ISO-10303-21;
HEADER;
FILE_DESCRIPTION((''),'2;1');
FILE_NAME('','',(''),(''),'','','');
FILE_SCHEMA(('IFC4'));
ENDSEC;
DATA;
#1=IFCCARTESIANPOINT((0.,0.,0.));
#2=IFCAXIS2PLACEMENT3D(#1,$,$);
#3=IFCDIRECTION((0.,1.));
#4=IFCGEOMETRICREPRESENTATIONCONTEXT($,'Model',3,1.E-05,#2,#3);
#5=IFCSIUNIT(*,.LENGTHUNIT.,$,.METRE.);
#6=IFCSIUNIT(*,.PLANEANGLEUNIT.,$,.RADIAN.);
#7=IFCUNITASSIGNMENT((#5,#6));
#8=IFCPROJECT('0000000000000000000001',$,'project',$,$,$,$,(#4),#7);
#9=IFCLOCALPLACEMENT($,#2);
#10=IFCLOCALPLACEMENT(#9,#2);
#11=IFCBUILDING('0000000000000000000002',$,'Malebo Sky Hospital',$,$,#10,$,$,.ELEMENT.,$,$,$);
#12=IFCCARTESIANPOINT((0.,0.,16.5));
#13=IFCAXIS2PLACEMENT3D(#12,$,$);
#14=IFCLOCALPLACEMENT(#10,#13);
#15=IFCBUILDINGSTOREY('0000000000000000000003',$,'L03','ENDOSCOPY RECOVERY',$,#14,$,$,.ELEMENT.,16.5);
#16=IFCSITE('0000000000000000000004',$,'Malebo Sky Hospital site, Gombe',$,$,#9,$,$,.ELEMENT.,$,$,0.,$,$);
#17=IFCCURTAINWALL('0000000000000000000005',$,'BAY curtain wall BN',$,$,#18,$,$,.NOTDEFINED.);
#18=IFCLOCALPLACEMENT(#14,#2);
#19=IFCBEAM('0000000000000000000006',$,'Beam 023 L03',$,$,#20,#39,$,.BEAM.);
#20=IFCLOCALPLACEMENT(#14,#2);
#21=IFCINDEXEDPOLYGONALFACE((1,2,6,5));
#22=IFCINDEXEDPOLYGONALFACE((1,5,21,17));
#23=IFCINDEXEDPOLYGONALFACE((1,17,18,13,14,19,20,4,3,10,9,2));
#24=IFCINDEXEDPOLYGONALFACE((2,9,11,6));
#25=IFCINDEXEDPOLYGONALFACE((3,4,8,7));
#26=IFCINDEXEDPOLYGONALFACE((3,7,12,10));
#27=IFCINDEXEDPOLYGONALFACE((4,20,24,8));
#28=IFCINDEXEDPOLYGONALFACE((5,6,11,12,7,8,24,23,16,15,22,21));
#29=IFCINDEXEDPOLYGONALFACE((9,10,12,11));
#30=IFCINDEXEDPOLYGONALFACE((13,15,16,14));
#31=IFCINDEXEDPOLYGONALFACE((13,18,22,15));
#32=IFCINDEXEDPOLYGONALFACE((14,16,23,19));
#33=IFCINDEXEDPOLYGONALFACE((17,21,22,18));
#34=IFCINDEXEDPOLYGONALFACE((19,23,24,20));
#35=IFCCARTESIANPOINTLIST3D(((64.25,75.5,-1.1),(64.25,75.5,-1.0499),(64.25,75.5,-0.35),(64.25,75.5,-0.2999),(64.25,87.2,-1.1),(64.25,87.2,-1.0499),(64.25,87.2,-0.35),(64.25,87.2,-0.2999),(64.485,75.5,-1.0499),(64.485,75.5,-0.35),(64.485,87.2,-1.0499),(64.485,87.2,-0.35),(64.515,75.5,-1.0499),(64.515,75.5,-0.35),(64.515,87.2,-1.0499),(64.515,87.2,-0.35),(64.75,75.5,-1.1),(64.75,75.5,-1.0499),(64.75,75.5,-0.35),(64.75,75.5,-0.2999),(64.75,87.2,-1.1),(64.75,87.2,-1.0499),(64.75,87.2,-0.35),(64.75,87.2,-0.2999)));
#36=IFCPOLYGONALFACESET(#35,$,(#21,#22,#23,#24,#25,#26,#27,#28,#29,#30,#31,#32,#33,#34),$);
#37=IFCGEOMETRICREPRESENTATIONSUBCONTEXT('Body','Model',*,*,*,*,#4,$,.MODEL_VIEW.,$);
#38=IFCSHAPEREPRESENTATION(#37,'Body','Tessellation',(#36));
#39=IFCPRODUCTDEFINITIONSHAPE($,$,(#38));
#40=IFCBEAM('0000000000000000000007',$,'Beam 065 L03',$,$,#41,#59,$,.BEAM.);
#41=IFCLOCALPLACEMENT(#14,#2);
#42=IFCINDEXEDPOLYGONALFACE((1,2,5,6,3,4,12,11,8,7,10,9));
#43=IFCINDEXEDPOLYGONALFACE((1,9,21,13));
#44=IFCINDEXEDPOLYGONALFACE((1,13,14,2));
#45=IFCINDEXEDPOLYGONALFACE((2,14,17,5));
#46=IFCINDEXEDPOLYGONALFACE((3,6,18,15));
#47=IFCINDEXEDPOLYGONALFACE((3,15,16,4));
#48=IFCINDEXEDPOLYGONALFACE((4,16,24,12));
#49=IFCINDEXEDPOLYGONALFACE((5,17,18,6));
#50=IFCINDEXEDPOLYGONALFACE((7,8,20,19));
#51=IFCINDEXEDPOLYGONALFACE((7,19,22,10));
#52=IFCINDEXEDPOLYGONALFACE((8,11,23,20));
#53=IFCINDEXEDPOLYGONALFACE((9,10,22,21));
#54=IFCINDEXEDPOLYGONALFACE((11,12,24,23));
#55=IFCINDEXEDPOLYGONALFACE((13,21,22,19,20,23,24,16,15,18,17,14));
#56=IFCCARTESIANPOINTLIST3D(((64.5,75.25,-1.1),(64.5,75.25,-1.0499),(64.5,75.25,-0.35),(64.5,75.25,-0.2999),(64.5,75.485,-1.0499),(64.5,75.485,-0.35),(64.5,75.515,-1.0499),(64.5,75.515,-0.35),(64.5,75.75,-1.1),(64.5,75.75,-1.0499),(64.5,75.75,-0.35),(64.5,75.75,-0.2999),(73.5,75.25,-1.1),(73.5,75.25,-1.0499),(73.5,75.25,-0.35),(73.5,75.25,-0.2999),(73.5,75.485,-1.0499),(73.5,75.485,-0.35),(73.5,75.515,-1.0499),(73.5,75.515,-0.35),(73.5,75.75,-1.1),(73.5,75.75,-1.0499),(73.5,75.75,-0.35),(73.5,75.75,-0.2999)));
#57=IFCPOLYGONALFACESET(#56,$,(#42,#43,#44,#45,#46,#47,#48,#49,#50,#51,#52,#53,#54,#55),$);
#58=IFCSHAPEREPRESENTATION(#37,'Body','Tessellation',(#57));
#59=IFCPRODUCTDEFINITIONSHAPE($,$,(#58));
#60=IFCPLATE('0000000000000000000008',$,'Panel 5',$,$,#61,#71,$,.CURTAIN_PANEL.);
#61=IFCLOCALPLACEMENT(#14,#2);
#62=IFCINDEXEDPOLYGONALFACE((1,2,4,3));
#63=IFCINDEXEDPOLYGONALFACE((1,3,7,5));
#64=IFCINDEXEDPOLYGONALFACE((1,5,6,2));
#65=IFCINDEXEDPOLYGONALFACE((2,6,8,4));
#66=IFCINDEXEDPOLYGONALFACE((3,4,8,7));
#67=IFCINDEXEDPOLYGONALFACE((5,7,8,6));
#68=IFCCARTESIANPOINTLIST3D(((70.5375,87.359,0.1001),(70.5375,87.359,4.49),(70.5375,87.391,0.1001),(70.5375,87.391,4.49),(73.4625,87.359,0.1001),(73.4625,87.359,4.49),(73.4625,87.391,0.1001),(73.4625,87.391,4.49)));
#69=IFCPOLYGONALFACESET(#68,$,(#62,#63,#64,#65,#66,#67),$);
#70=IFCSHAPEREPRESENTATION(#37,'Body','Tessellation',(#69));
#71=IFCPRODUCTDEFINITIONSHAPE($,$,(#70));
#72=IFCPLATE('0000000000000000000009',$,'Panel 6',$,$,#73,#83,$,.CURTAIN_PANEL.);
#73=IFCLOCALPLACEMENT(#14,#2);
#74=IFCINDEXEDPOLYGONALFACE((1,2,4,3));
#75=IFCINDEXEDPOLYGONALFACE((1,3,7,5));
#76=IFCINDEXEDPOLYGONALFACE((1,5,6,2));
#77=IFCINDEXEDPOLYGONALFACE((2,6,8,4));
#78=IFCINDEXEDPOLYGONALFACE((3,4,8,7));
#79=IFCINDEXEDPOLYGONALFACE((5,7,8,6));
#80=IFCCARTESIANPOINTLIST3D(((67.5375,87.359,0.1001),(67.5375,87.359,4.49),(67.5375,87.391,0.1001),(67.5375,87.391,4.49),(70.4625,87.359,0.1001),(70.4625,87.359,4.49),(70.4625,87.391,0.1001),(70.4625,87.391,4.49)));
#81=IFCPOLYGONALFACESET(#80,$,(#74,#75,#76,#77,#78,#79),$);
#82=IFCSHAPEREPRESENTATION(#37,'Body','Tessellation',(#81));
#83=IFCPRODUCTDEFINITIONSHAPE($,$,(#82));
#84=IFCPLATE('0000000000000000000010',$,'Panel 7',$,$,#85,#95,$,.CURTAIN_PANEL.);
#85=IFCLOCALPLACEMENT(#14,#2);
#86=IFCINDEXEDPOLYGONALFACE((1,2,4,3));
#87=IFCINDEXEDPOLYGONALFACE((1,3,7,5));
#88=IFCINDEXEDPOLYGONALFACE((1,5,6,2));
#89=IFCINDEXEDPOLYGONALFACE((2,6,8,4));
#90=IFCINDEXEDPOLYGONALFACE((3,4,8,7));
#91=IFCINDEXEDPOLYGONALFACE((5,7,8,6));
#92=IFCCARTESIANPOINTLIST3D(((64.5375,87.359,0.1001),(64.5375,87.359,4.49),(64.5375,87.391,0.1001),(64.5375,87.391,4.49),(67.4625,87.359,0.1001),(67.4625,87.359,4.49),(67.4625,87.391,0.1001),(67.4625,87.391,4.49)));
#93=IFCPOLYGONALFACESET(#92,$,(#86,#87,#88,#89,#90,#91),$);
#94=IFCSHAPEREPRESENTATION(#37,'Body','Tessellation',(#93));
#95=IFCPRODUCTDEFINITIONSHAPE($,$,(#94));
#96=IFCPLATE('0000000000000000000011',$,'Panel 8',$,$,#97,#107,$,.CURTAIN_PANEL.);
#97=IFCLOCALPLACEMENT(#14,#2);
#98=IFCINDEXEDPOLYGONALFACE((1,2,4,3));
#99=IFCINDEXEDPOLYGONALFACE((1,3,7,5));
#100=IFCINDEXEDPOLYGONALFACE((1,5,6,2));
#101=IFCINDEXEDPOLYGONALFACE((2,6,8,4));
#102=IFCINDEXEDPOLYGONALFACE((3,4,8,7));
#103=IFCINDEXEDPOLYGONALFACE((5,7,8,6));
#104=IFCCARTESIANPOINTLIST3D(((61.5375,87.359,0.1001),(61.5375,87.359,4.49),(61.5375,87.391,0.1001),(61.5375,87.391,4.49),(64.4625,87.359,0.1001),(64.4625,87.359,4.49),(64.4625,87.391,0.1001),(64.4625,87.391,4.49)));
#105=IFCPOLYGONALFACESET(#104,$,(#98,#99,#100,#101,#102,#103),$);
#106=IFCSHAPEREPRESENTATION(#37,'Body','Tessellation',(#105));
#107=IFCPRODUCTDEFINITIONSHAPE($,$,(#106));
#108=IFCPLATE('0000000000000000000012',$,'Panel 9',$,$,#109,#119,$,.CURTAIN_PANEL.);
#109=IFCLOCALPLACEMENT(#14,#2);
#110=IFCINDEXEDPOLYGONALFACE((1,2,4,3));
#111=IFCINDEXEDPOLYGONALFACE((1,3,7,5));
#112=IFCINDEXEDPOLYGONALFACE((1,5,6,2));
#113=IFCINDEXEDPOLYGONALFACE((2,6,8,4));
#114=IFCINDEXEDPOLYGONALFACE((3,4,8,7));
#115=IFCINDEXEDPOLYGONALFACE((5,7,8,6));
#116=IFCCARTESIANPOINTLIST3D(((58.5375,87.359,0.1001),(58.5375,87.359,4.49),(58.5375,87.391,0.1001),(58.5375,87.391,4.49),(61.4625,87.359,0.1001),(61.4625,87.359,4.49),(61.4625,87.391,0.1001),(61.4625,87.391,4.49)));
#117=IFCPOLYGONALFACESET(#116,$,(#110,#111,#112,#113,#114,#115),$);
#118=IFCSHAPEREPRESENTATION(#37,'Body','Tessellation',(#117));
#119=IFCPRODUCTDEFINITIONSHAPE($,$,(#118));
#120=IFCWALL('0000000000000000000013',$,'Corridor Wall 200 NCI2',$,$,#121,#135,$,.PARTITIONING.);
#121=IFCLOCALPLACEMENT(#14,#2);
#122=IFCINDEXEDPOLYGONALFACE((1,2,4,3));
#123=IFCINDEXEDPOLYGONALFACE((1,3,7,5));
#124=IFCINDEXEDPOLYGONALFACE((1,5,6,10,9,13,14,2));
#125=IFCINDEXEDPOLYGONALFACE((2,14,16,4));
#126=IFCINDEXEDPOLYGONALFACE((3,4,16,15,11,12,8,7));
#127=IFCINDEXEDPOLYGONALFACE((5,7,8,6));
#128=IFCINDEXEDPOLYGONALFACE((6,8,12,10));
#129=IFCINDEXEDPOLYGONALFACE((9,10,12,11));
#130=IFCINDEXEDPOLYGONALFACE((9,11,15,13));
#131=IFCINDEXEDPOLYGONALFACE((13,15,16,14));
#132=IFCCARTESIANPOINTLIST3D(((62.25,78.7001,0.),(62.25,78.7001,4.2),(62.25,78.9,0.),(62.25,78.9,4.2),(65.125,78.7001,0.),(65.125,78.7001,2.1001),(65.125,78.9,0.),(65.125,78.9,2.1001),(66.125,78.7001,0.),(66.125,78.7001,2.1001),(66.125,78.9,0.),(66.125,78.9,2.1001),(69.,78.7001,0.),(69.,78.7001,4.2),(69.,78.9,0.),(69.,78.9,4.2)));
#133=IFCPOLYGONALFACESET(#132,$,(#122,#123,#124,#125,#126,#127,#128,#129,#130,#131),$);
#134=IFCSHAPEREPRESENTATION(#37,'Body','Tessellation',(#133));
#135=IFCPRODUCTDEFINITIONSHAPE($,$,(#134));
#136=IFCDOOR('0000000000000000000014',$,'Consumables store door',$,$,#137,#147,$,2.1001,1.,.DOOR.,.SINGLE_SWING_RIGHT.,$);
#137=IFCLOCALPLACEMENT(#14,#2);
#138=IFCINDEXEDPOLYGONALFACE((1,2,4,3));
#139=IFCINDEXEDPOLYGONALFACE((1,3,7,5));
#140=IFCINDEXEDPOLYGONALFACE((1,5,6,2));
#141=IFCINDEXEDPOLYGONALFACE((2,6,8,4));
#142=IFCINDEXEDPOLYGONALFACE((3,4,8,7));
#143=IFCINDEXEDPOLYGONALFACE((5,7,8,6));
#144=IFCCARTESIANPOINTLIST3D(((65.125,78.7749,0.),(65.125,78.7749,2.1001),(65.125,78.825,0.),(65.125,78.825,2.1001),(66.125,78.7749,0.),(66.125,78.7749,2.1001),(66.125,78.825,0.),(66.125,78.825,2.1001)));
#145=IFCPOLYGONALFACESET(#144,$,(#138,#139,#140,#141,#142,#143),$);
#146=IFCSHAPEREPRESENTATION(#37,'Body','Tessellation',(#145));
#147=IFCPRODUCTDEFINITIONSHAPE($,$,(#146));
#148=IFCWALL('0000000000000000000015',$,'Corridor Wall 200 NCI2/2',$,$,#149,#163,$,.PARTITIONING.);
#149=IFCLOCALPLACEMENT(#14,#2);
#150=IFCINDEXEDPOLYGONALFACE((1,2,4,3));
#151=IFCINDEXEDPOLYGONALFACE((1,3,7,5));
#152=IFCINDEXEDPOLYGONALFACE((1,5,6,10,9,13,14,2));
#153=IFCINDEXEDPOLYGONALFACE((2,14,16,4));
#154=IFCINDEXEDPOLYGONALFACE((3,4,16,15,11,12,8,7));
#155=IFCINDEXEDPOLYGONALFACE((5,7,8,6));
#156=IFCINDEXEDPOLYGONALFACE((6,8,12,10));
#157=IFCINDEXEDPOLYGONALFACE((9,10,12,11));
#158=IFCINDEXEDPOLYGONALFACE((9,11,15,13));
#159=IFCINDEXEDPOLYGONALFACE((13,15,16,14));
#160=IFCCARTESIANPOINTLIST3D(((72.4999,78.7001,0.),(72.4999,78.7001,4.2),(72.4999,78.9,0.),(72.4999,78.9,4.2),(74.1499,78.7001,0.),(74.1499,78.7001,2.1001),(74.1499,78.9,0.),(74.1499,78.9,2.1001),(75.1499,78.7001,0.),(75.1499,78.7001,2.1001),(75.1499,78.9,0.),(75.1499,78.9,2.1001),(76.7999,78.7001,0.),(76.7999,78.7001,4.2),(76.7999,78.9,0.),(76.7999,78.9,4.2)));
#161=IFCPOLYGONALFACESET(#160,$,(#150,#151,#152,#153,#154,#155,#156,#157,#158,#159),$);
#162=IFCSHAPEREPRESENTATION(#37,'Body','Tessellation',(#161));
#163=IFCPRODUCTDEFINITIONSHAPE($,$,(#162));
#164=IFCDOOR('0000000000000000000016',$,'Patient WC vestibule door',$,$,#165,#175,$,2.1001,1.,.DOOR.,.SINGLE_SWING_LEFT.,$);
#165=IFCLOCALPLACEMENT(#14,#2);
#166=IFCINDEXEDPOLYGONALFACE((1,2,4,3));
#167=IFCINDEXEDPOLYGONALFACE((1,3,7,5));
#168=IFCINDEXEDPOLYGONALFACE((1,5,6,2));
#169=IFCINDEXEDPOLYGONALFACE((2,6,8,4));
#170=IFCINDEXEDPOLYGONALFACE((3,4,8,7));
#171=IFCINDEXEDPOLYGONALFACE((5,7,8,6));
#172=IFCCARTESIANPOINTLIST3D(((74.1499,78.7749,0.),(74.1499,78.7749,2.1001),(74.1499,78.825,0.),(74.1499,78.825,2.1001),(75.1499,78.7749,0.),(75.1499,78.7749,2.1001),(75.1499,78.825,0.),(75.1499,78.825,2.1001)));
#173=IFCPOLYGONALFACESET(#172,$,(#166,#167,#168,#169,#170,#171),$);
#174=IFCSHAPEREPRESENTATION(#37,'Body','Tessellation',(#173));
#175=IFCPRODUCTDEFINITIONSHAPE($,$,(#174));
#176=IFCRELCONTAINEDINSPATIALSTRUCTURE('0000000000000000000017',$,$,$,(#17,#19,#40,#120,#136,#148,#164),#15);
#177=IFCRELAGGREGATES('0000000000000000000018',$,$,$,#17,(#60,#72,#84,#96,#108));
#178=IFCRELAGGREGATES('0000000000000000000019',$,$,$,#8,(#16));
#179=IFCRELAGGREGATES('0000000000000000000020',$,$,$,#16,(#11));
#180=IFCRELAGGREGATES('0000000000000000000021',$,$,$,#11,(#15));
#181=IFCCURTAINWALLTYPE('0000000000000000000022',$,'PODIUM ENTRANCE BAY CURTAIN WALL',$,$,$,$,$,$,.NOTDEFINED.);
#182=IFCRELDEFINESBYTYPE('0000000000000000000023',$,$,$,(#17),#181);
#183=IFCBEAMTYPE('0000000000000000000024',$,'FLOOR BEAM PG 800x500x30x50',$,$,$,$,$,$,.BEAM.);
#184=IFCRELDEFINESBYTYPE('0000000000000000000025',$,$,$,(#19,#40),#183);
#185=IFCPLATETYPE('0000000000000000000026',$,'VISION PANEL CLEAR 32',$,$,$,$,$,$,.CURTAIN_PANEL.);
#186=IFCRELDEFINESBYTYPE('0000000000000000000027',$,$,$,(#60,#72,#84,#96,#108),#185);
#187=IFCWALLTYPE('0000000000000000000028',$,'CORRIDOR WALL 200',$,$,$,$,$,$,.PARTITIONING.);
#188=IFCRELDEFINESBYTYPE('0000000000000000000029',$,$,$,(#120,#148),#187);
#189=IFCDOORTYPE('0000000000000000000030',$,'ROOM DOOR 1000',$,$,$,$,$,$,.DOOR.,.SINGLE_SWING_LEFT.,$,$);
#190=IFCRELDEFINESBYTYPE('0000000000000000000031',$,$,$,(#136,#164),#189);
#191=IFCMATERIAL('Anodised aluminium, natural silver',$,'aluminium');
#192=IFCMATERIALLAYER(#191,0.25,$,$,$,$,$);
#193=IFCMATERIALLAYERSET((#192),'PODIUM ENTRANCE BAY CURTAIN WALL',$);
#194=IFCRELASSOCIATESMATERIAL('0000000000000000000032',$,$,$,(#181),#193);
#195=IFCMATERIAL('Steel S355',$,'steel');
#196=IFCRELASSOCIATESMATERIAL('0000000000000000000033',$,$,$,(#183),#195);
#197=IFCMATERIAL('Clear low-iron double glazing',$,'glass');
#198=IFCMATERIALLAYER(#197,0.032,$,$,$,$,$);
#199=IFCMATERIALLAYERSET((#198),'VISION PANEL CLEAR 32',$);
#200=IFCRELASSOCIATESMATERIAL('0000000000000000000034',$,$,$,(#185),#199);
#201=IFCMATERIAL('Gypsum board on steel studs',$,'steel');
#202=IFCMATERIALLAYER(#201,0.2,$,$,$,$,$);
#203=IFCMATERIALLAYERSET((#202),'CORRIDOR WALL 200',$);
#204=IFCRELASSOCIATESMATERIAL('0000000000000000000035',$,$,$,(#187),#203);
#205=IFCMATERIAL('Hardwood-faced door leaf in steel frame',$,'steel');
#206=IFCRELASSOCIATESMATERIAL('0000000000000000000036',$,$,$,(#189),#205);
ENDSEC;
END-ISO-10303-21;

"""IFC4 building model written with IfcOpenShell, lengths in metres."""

from ifc_helpers import new_model, si_unit, direction, frame, frame_2d, origin, origin_2d, place, context, subcontext, project, spatial, rectangle, i_section, extrude, material, layer, layer_set, material_profile, profile_set, type_object, element, fill, aggregate, save


model = new_model("IFC4")

# Units and contexts
model_context = context("Model", 3, precision=1e-05, world=origin(), true_north=direction((0.0, 1.0)))
body_context = subcontext(model_context, "Body", "Model", "MODEL_VIEW")
ifc_project = project(units=[si_unit("LENGTHUNIT", "METRE"), si_unit("PLANEANGLEUNIT", "RADIAN")], contexts=[model_context])

# Site, building, storey
site_placement = place(None, origin())
site = spatial("IfcSite", under=ifc_project, at=site_placement, Name="Malebo Sky Hospital site, Gombe", CompositionType="ELEMENT", RefElevation=0.0)
building_placement = place(site_placement, origin())
building = spatial("IfcBuilding", under=site, at=building_placement, Name="Malebo Sky Hospital", CompositionType="ELEMENT")
storey_placement = place(building_placement, frame((0.0, 0.0, 16.5)))
storey = spatial("IfcBuildingStorey", under=building, at=storey_placement, Name="L03", Description="ENDOSCOPY RECOVERY", CompositionType="ELEMENT", Elevation=16.5)

# Curtain wall
ifc_material_1 = material(Name="Anodised aluminium, natural silver", Category="aluminium")
ifc_layer_1 = layer(ifc_material_1, 0.25)
ifc_layer_set_1 = layer_set([ifc_layer_1], Name="PODIUM ENTRANCE BAY CURTAIN WALL")
curtain_wall_type = type_object("IfcCurtainWallType", Name="PODIUM ENTRANCE BAY CURTAIN WALL", PredefinedType="NOTDEFINED", material=ifc_layer_set_1)
curtain_wall_placement = place(storey_placement, origin())
curtain_wall = element("IfcCurtainWall", 1, at=curtain_wall_placement, inside=storey, type_object=curtain_wall_type, Name="BAY curtain wall BN", PredefinedType="NOTDEFINED")

# Beams
ifc_material_2 = material(Name="Steel S355", Category="steel")
ifc_material_profile_1 = material_profile(ifc_material_2, i_section(OverallWidth=0.5, OverallDepth=0.8, WebThickness=0.03, FlangeThickness=0.05, at=origin_2d()), Name="PG 800x500x30x50")
ifc_profile_set_1 = profile_set([ifc_material_profile_1], Name="Steel S355")
beam_type_1 = type_object("IfcBeamType", Name="FLOOR BEAM PG 800x500x30x50", PredefinedType="BEAM", material=ifc_profile_set_1)
beam_1_placement = place(storey_placement, frame((64.5, 75.5, -0.7), z_axis=(0.0, 1.0, 0.0), x_axis=(-1.0, 0.0, 0.0)))
element("IfcBeam", 2, at=beam_1_placement, inside=storey, type_object=beam_type_1, Name="Beam 023 L03", PredefinedType="BEAM", context=body_context, shape_type="SweptSolid", body=[
    extrude(i_section(OverallWidth=0.5, OverallDepth=0.8, WebThickness=0.03, FlangeThickness=0.05, at=origin_2d()), origin(), (0.0, 0.0, 1.0), 11.7),
])
beam_2_placement = place(storey_placement, frame((64.5, 75.5, -0.7), z_axis=(1.0, 0.0, 0.0), x_axis=(0.0, 1.0, 0.0)))
element("IfcBeam", 3, at=beam_2_placement, inside=storey, type_object=beam_type_1, Name="Beam 065 L03", PredefinedType="BEAM", context=body_context, shape_type="SweptSolid", body=[
    extrude(i_section(OverallWidth=0.5, OverallDepth=0.8, WebThickness=0.03, FlangeThickness=0.05, at=origin_2d()), origin(), (0.0, 0.0, 1.0), 9.0),
])

# Plates
ifc_material_3 = material(Name="Clear low-iron double glazing", Category="glass")
ifc_layer_2 = layer(ifc_material_3, 0.032)
ifc_layer_set_2 = layer_set([ifc_layer_2], Name="VISION PANEL CLEAR 32")
plate_type = type_object("IfcPlateType", Name="VISION PANEL CLEAR 32", PredefinedType="CURTAIN_PANEL", material=ifc_layer_set_2)
plate_1_placement = place(storey_placement, frame((72.0, 87.375, 0.1001), z_axis=(0.0, 0.0, 1.0), x_axis=(-1.0, 0.0, 0.0)))
plate_1 = element("IfcPlate", 4, at=plate_1_placement, type_object=plate_type, Name="Panel 5", PredefinedType="CURTAIN_PANEL", context=body_context, shape_type="SweptSolid", body=[
    extrude(rectangle(XDim=2.925, YDim=0.032, at=origin_2d()), origin(), (0.0, 0.0, 1.0), 4.3899),
])
plate_2_placement = place(storey_placement, frame((69.0, 87.375, 0.1001), z_axis=(0.0, 0.0, 1.0), x_axis=(-1.0, 0.0, 0.0)))
plate_2 = element("IfcPlate", 5, at=plate_2_placement, type_object=plate_type, Name="Panel 6", PredefinedType="CURTAIN_PANEL", context=body_context, shape_type="SweptSolid", body=[
    extrude(rectangle(XDim=2.925, YDim=0.032, at=origin_2d()), origin(), (0.0, 0.0, 1.0), 4.3899),
])
plate_3_placement = place(storey_placement, frame((66.0, 87.375, 0.1001), z_axis=(0.0, 0.0, 1.0), x_axis=(-1.0, 0.0, 0.0)))
plate_3 = element("IfcPlate", 6, at=plate_3_placement, type_object=plate_type, Name="Panel 7", PredefinedType="CURTAIN_PANEL", context=body_context, shape_type="SweptSolid", body=[
    extrude(rectangle(XDim=2.925, YDim=0.032, at=origin_2d()), origin(), (0.0, 0.0, 1.0), 4.3899),
])
plate_4_placement = place(storey_placement, frame((63.0, 87.375, 0.1001), z_axis=(0.0, 0.0, 1.0), x_axis=(-1.0, 0.0, 0.0)))
plate_4 = element("IfcPlate", 7, at=plate_4_placement, type_object=plate_type, Name="Panel 8", PredefinedType="CURTAIN_PANEL", context=body_context, shape_type="SweptSolid", body=[
    extrude(rectangle(XDim=2.925, YDim=0.032, at=origin_2d()), origin(), (0.0, 0.0, 1.0), 4.3899),
])
plate_5_placement = place(storey_placement, frame((60.0, 87.375, 0.1001), z_axis=(0.0, 0.0, 1.0), x_axis=(-1.0, 0.0, 0.0)))
plate_5 = element("IfcPlate", 8, at=plate_5_placement, type_object=plate_type, Name="Panel 9", PredefinedType="CURTAIN_PANEL", context=body_context, shape_type="SweptSolid", body=[
    extrude(rectangle(XDim=2.925, YDim=0.032, at=origin_2d()), origin(), (0.0, 0.0, 1.0), 4.3899),
])
aggregate(curtain_wall, [plate_1, plate_2, plate_3, plate_4, plate_5])

# Walls, openings, doors
ifc_material_4 = material(Name="Gypsum board on steel studs", Category="steel")
ifc_layer_3 = layer(ifc_material_4, 0.2)
ifc_layer_set_3 = layer_set([ifc_layer_3], Name="CORRIDOR WALL 200")
wall_type_1 = type_object("IfcWallType", Name="CORRIDOR WALL 200", PredefinedType="PARTITIONING", material=ifc_layer_set_3)
wall_1_placement = place(storey_placement, frame((62.25, 78.8, 0.0), z_axis=(0.0, 0.0, 1.0), x_axis=(1.0, 0.0, 0.0)))
wall_1 = element("IfcWall", 9, at=wall_1_placement, inside=storey, type_object=wall_type_1, Name="Corridor Wall 200 NCI2", PredefinedType="PARTITIONING", context=body_context, shape_type="SweptSolid", body=[
    extrude(rectangle(XDim=6.75, YDim=0.2, at=frame_2d((3.375, 0.0))), origin(), (0.0, 0.0, 1.0), 4.2),
])
opening_1_placement = place(wall_1_placement, frame((2.875, 0.0, 0.0)))
opening_1 = element("IfcOpeningElement", 10, at=opening_1_placement, cuts=wall_1, PredefinedType="OPENING", context=body_context, shape_type="SweptSolid", body=[
    extrude(rectangle(XDim=1.0, YDim=2.1001, at=frame_2d((0.5, 1.05))), frame((0.0, 0.1099, 0.0), z_axis=(0.0, -1.0, 0.0), x_axis=(1.0, 0.0, 0.0)), (0.0, 0.0, 1.0), 0.22),
])
ifc_material_5 = material(Name="Hardwood-faced door leaf in steel frame", Category="steel")
door_type = type_object("IfcDoorType", Name="ROOM DOOR 1000", OperationType="SINGLE_SWING_LEFT", PredefinedType="DOOR", material=ifc_material_5)
door_1_placement = place(opening_1_placement, origin())
door_1 = element("IfcDoor", 11, at=door_1_placement, inside=storey, type_object=door_type, Name="Consumables store door", OperationType="SINGLE_SWING_RIGHT", OverallHeight=2.1001, OverallWidth=1.0, PredefinedType="DOOR", context=body_context, shape_type="SweptSolid", body=[
    extrude(rectangle(XDim=1.0, YDim=2.1001, at=frame_2d((0.5, 1.05))), frame((0.0, 0.0249, 0.0), z_axis=(0.0, -1.0, 0.0), x_axis=(1.0, 0.0, 0.0)), (0.0, 0.0, 1.0), 0.05),
])
fill(opening_1, door_1)
wall_2_placement = place(storey_placement, frame((72.5, 78.8, 0.0), z_axis=(0.0, 0.0, 1.0), x_axis=(1.0, 0.0, 0.0)))
wall_2 = element("IfcWall", 12, at=wall_2_placement, inside=storey, type_object=wall_type_1, Name="Corridor Wall 200 NCI2/2", PredefinedType="PARTITIONING", context=body_context, shape_type="SweptSolid", body=[
    extrude(rectangle(XDim=4.3, YDim=0.2, at=frame_2d((2.1499, 0.0))), origin(), (0.0, 0.0, 1.0), 4.2),
])
opening_2_placement = place(wall_2_placement, frame((1.6499, 0.0, 0.0)))
opening_2 = element("IfcOpeningElement", 13, at=opening_2_placement, cuts=wall_2, PredefinedType="OPENING", context=body_context, shape_type="SweptSolid", body=[
    extrude(rectangle(XDim=1.0, YDim=2.1001, at=frame_2d((0.5, 1.05))), frame((0.0, 0.1099, 0.0), z_axis=(0.0, -1.0, 0.0), x_axis=(1.0, 0.0, 0.0)), (0.0, 0.0, 1.0), 0.22),
])
door_2_placement = place(opening_2_placement, origin())
door_2 = element("IfcDoor", 14, at=door_2_placement, inside=storey, type_object=door_type, Name="Patient WC vestibule door", OperationType="SINGLE_SWING_LEFT", OverallHeight=2.1001, OverallWidth=1.0, PredefinedType="DOOR", context=body_context, shape_type="SweptSolid", body=[
    extrude(rectangle(XDim=1.0, YDim=2.1001, at=frame_2d((0.5, 1.05))), frame((0.0, 0.0249, 0.0), z_axis=(0.0, -1.0, 0.0), x_axis=(1.0, 0.0, 0.0)), (0.0, 0.0, 1.0), 0.05),
])
fill(opening_2, door_2)

save(model, "model.ifc")
